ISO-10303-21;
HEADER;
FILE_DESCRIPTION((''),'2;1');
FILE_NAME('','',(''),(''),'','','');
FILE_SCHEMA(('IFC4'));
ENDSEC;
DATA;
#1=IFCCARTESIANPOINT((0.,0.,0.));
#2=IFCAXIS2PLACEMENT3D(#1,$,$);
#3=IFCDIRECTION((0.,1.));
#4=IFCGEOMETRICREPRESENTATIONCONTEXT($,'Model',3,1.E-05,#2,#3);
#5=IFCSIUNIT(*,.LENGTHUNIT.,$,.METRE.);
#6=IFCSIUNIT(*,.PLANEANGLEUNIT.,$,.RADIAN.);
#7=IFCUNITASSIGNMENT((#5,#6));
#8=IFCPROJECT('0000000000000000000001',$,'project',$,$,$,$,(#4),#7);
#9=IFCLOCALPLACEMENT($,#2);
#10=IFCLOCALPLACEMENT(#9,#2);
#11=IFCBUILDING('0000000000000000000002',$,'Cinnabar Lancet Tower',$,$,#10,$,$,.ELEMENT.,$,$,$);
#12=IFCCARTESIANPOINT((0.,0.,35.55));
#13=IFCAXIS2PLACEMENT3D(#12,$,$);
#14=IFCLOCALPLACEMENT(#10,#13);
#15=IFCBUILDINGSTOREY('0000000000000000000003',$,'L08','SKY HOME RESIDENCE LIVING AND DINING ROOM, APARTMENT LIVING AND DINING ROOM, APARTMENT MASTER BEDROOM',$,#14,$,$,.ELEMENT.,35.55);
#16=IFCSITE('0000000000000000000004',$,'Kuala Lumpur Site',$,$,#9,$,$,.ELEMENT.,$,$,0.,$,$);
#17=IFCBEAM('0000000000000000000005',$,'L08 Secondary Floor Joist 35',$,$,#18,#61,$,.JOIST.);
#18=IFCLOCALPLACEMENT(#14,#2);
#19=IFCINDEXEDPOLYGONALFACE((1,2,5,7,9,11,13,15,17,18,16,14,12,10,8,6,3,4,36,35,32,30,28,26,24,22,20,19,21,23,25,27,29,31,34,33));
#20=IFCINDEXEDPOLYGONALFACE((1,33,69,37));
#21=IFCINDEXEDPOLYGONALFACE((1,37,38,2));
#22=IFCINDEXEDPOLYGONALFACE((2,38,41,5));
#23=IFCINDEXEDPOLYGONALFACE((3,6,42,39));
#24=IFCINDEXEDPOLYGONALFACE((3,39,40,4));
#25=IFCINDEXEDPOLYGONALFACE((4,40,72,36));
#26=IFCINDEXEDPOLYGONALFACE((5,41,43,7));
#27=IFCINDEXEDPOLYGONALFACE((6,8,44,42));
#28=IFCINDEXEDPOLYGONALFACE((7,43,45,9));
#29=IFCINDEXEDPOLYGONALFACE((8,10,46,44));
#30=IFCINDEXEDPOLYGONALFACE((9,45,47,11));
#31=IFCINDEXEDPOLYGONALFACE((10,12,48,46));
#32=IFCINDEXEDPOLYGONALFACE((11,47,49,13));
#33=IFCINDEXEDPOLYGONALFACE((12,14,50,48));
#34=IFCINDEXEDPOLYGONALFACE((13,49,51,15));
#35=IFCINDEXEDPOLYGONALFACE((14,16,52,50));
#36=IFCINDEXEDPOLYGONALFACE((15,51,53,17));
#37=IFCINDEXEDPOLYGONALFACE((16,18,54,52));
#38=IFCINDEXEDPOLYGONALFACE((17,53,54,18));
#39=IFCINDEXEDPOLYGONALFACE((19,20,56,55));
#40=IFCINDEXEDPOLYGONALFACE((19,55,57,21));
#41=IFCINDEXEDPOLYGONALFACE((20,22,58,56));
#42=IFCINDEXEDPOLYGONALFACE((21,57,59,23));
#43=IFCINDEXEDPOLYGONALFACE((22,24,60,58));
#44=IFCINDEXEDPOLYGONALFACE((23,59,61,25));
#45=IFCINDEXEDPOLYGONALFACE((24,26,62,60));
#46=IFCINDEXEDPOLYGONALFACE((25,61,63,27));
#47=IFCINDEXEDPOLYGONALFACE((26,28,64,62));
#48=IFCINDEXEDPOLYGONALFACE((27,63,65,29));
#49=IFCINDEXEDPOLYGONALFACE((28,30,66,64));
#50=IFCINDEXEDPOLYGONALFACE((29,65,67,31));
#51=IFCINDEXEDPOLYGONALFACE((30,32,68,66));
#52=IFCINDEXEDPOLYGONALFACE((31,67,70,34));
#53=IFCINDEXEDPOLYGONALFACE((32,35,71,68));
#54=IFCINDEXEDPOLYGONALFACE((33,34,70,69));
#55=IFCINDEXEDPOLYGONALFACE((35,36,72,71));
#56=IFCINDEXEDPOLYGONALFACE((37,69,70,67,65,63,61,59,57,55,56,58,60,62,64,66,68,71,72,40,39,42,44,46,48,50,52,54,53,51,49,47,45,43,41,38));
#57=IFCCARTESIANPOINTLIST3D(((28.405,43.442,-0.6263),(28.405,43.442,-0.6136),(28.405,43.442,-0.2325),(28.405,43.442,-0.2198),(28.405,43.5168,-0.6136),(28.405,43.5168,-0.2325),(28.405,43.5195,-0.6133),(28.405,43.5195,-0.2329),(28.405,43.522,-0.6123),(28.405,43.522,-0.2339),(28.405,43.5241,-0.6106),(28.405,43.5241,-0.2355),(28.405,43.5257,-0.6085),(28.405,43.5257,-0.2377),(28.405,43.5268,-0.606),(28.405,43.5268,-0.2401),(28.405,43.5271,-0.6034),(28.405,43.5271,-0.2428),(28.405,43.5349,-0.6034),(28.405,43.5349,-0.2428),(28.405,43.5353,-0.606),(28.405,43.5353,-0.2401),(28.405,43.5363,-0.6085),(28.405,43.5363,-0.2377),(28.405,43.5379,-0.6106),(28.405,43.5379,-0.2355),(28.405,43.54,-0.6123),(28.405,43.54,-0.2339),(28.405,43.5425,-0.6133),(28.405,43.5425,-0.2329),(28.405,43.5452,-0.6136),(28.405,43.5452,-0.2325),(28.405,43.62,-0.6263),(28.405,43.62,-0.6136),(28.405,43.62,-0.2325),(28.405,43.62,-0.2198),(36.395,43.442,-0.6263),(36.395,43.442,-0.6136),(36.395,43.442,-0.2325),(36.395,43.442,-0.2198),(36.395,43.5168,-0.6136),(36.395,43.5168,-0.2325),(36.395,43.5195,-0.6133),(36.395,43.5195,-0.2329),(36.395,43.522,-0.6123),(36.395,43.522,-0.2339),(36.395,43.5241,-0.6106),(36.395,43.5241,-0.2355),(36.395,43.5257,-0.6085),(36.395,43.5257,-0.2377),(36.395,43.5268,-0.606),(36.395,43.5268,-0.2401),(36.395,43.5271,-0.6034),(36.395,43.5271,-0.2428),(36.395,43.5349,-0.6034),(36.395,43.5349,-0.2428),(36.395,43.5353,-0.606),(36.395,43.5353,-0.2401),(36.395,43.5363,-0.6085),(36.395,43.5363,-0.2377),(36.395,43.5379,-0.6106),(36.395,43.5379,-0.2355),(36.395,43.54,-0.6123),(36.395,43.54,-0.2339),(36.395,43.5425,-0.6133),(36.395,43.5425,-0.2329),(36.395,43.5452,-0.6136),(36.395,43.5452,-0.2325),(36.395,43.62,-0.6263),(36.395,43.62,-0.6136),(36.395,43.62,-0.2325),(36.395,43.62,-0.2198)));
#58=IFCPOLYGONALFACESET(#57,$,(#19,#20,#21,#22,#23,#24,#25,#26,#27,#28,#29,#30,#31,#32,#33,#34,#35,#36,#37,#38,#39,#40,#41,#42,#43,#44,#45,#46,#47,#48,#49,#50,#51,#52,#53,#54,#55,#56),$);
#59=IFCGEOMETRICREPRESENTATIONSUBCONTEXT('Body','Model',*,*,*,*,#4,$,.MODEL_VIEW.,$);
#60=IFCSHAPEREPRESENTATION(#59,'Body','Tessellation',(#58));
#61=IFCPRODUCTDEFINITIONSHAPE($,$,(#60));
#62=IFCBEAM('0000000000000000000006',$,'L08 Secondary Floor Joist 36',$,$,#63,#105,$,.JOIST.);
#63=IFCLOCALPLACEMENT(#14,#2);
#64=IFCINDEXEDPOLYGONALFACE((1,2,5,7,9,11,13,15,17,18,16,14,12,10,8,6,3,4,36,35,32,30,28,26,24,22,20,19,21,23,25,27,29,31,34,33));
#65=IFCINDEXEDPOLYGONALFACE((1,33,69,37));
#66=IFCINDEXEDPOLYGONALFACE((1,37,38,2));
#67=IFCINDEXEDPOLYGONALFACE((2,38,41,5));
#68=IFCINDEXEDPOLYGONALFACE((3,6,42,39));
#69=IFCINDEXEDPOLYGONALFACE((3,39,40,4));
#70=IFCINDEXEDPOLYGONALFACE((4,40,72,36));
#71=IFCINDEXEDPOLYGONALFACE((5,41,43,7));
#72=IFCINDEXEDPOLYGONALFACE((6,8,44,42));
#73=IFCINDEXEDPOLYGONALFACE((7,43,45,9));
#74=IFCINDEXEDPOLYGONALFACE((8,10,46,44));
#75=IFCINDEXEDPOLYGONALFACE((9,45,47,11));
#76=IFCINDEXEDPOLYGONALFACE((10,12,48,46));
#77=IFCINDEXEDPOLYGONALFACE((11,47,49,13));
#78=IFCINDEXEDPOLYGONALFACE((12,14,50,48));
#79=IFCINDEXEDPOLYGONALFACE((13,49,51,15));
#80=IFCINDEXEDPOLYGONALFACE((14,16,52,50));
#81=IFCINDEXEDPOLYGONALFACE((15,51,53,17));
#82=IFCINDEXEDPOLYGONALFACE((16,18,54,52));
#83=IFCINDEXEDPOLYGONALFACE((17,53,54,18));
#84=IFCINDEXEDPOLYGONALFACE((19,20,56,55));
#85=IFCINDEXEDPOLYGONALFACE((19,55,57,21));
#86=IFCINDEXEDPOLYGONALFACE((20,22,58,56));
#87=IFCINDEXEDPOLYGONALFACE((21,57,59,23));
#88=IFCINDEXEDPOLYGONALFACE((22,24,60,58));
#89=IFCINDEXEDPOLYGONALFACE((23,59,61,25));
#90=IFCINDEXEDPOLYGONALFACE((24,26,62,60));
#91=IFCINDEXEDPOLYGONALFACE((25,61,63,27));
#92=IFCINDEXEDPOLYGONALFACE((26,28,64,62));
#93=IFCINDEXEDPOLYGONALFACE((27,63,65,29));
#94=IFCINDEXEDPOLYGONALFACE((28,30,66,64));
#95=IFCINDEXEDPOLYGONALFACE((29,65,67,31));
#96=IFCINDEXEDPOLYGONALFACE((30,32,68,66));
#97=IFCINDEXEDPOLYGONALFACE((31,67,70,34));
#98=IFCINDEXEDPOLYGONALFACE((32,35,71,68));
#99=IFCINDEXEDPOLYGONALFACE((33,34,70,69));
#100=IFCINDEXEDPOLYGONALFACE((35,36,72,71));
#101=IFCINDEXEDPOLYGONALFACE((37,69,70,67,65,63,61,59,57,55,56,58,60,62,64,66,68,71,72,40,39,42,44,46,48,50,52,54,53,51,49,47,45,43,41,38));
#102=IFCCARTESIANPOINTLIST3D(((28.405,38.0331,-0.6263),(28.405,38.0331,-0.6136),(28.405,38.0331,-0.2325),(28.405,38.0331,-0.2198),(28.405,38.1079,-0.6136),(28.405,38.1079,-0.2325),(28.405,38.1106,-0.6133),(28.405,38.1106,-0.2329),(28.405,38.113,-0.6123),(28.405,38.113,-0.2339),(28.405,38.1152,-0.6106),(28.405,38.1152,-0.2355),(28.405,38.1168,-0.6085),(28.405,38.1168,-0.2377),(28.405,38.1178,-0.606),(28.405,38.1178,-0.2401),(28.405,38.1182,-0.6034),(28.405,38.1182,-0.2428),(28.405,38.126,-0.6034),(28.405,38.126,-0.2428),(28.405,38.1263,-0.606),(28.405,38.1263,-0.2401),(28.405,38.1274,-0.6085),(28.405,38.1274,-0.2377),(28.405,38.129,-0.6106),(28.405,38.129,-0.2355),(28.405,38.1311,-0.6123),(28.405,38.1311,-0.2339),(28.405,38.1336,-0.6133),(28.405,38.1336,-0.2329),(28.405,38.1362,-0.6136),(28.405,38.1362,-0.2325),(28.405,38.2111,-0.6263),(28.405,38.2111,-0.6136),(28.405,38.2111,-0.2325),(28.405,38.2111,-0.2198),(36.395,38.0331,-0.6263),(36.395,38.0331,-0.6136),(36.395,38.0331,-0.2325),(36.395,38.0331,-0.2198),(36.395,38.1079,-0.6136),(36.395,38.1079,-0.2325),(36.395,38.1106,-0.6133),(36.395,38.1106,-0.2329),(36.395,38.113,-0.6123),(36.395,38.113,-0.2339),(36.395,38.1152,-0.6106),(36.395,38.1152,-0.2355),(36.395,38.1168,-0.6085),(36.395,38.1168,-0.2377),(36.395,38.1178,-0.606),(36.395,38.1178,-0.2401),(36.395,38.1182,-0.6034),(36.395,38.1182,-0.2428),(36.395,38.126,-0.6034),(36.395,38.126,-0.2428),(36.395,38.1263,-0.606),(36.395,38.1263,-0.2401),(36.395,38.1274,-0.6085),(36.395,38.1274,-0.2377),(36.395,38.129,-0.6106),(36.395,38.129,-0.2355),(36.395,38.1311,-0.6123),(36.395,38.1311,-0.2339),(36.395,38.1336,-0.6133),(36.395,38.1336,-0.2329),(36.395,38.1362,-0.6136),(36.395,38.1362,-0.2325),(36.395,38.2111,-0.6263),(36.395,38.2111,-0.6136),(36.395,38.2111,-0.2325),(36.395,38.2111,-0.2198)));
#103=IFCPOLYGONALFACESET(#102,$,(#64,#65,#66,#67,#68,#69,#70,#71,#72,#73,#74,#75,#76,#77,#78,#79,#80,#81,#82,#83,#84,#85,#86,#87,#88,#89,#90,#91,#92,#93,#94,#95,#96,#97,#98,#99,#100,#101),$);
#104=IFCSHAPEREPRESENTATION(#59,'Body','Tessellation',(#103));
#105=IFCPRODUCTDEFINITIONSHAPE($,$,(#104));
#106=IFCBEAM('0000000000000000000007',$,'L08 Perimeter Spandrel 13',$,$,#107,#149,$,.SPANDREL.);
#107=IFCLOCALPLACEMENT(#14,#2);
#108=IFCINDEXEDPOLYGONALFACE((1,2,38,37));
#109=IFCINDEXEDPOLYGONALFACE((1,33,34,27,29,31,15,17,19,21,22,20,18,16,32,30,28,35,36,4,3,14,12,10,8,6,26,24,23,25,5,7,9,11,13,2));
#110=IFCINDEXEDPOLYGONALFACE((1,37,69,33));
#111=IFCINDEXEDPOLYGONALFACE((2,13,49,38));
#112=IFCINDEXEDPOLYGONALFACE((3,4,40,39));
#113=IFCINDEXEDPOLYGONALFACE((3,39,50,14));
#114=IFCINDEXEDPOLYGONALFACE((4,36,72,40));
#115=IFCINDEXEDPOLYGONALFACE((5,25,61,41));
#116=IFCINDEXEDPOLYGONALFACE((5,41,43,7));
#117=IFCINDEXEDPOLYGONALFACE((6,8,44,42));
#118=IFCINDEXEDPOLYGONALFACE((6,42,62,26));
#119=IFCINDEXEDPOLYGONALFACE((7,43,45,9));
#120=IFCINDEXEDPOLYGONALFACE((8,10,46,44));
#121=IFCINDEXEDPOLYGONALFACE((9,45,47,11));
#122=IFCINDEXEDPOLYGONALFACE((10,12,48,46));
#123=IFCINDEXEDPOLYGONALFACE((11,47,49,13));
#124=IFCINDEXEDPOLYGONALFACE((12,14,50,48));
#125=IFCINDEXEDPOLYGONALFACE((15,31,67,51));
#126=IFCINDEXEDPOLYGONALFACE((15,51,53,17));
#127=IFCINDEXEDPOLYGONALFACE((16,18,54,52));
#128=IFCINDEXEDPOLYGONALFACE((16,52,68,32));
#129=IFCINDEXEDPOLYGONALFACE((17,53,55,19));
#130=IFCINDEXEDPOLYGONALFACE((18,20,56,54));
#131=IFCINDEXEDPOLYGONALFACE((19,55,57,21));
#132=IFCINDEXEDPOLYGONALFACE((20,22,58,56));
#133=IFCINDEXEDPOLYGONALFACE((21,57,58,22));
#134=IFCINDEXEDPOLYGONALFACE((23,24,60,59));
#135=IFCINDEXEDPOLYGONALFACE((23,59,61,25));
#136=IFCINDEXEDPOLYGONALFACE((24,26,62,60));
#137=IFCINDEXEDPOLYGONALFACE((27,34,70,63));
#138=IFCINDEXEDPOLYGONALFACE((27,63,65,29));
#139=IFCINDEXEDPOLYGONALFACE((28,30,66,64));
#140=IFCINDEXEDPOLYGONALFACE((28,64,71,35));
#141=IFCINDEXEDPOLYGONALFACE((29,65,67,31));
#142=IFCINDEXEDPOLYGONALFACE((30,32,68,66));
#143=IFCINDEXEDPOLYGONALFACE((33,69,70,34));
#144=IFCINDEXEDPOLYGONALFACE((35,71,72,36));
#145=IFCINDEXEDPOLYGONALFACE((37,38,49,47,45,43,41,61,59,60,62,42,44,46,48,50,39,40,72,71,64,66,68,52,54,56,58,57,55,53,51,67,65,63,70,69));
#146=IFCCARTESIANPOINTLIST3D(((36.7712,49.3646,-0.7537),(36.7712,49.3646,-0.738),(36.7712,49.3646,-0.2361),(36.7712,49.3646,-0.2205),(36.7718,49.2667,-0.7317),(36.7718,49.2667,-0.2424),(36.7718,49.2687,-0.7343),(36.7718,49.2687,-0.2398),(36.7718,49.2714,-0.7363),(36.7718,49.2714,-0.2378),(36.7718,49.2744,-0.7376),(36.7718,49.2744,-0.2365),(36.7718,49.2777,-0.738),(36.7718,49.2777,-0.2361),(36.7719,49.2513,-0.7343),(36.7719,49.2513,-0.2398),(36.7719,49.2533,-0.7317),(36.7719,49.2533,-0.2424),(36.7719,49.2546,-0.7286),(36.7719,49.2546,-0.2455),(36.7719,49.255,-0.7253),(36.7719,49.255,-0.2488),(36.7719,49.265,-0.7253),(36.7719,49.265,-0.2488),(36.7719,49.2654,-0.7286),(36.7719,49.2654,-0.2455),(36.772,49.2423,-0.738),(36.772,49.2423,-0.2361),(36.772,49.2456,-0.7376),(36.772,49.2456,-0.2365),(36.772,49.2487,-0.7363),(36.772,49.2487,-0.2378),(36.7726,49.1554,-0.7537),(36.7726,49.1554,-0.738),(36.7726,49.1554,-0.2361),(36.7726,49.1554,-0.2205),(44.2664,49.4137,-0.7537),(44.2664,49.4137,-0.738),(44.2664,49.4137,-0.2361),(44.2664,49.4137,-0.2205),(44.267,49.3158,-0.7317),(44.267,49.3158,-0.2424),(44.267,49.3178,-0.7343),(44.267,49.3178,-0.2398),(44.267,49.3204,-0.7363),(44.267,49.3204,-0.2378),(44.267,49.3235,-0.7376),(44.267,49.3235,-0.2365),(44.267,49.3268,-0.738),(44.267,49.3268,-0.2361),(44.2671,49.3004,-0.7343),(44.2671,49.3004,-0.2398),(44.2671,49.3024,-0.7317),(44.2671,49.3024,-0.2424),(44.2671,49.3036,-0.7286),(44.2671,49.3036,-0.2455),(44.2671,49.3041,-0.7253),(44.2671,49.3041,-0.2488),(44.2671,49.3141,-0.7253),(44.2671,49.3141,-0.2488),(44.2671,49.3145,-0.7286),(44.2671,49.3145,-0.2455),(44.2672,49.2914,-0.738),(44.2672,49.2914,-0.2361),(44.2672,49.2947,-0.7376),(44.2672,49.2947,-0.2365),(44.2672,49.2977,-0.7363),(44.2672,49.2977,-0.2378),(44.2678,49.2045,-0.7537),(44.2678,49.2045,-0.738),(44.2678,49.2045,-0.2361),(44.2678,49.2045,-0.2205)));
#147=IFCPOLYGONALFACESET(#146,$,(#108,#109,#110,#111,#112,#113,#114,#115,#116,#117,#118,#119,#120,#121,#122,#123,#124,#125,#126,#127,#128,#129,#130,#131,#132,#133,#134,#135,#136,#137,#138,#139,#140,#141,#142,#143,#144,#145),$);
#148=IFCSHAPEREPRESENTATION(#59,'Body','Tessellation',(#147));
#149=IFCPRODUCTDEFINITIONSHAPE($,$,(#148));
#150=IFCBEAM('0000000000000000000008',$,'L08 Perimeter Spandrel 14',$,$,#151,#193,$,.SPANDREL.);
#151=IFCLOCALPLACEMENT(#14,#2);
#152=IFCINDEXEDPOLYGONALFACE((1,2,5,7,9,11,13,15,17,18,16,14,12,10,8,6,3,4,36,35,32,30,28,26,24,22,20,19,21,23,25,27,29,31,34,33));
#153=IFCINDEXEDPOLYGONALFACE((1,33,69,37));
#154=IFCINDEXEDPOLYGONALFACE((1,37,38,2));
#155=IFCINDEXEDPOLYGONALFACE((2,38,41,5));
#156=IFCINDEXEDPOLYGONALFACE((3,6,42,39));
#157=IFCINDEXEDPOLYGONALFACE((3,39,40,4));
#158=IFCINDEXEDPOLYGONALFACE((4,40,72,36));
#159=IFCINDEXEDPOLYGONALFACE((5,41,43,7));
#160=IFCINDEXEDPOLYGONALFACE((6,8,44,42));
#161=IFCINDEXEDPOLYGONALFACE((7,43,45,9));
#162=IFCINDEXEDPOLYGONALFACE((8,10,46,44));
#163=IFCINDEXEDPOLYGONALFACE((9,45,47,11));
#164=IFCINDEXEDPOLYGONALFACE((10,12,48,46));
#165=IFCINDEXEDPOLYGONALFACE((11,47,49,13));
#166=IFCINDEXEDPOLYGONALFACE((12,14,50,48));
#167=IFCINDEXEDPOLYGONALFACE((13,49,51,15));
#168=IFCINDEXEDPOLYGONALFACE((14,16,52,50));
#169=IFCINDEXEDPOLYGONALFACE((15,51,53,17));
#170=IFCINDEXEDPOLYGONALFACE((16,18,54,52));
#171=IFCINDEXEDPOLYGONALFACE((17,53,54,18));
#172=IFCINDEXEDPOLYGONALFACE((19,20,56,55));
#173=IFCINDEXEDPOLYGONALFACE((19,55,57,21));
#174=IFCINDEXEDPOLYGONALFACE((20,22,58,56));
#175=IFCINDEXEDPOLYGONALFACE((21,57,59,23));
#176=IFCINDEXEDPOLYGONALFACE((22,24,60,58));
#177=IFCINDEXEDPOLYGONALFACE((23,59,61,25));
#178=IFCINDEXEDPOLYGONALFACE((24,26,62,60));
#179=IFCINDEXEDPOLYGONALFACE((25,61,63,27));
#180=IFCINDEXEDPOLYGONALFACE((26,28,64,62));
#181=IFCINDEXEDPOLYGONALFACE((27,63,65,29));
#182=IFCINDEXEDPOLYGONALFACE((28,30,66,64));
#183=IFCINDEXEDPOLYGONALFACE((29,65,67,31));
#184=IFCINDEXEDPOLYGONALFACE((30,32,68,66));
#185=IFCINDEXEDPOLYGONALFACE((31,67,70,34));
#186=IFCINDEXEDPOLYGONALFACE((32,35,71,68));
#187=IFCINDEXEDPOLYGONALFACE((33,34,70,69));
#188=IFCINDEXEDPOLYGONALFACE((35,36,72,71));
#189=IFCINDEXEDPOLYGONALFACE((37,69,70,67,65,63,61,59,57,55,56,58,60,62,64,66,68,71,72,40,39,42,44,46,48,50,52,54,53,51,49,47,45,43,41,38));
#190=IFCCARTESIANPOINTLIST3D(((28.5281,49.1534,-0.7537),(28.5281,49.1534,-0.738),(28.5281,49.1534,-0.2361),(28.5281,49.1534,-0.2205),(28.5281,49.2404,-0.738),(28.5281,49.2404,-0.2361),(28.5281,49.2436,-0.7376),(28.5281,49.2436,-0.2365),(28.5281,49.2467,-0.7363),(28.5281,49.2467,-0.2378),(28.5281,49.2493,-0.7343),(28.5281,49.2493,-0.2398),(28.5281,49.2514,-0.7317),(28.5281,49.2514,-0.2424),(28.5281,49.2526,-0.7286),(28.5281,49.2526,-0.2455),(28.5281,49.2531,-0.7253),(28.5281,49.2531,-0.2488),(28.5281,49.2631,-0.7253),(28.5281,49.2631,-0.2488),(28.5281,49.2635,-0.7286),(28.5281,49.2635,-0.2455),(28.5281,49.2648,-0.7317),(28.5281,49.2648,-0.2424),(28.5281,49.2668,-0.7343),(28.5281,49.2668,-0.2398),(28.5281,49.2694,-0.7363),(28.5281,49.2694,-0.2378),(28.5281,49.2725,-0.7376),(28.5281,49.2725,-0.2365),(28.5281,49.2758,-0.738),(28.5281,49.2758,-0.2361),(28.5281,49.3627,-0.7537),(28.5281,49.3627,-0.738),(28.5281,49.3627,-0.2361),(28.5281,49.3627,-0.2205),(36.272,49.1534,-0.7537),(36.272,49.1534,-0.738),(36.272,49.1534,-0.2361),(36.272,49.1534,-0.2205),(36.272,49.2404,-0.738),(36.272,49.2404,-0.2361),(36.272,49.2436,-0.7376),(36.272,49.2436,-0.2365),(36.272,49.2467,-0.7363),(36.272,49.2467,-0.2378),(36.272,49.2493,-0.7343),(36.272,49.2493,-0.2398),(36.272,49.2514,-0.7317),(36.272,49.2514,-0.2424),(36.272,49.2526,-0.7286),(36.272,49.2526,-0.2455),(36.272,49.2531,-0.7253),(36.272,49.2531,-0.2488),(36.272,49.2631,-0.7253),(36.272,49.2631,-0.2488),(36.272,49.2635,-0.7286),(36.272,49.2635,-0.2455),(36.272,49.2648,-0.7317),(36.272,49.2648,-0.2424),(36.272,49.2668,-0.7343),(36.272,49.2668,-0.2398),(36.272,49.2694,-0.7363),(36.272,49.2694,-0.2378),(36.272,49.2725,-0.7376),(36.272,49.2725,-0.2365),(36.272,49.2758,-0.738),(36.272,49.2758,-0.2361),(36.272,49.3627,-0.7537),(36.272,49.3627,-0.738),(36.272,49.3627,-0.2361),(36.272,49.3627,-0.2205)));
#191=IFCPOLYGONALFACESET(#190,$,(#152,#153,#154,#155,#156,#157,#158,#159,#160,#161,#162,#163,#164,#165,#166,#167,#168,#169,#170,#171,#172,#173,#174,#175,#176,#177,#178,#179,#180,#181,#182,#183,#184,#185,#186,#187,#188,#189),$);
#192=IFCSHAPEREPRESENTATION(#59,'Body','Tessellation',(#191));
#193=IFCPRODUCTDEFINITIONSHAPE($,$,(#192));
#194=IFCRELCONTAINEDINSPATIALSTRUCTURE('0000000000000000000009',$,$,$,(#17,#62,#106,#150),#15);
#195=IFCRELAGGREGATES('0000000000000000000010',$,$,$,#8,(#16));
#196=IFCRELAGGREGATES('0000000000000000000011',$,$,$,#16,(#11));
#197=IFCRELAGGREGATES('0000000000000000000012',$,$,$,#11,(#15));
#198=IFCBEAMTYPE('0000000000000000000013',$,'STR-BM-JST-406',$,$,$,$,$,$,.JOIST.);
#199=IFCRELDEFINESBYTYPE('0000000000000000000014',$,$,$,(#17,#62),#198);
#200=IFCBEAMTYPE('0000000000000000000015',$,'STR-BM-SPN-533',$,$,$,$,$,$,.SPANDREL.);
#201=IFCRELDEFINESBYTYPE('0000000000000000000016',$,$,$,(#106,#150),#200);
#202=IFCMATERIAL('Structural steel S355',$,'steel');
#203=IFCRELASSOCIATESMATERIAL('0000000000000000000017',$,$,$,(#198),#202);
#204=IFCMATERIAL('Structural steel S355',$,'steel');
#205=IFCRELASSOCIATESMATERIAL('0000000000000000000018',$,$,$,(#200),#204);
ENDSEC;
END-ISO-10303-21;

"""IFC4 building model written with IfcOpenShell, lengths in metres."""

from ifc_helpers import new_model, si_unit, direction, frame, origin, origin_2d, place, context, subcontext, project, spatial, i_section, extrude, material, material_profile, profile_set, type_object, element, save


model = new_model("IFC4")

# Units and contexts
model_context = context("Model", 3, precision=1e-05, world=origin(), true_north=direction((0.0, 1.0)))
body_context = subcontext(model_context, "Body", "Model", "MODEL_VIEW")
ifc_project = project(units=[si_unit("LENGTHUNIT", "METRE"), si_unit("PLANEANGLEUNIT", "RADIAN")], contexts=[model_context])

# Site, building, storey
site_placement = place(None, origin())
site = spatial("IfcSite", under=ifc_project, at=site_placement, Name="Kuala Lumpur Site", CompositionType="ELEMENT", RefElevation=0.0)
building_placement = place(site_placement, origin())
building = spatial("IfcBuilding", under=site, at=building_placement, Name="Cinnabar Lancet Tower", CompositionType="ELEMENT")
storey_placement = place(building_placement, frame((0.0, 0.0, 35.55)))
storey = spatial("IfcBuildingStorey", under=building, at=storey_placement, Name="L08", Description="SKY HOME RESIDENCE LIVING AND DINING ROOM, APARTMENT LIVING AND DINING ROOM, APARTMENT MASTER BEDROOM", CompositionType="ELEMENT", Elevation=35.55)

# Beams
ifc_material_1 = material(Name="Structural steel S355", Category="steel")
ifc_material_profile_1 = material_profile(ifc_material_1, i_section(OverallWidth=0.178, OverallDepth=0.4065, WebThickness=0.0078, FlangeThickness=0.0127, FilletRadius=0.0103, at=origin_2d()), Name="UKB 406x178x60")
ifc_profile_set_1 = profile_set([ifc_material_profile_1], Name="Structural steel S355")
beam_type_1 = type_object("IfcBeamType", Name="STR-BM-JST-406", PredefinedType="JOIST", material=ifc_profile_set_1)
for number, where, z_axis, x_axis, name in (
    (1, (36.395, 43.531, -0.4231), (-1.0, 0.0, 0.0), (0.0, -1.0, 0.0), "L08 Secondary Floor Joist 35"),
    (2, (36.395, 38.1221, -0.4231), (-1.0, 0.0, 0.0), (0.0, -1.0, 0.0), "L08 Secondary Floor Joist 36"),
):
    element("IfcBeam", number, at=place(storey_placement, frame(where, z_axis=z_axis, x_axis=x_axis)), inside=storey, type_object=beam_type_1, Name=name, PredefinedType="JOIST", context=body_context, shape_type="SweptSolid", body=[
        extrude(i_section(OverallWidth=0.178, OverallDepth=0.4065, WebThickness=0.0078, FlangeThickness=0.0127, FilletRadius=0.0103, at=origin_2d()), origin(), (0.0, 0.0, 1.0), 7.99),
    ])
ifc_material_2 = material(Name="Structural steel S355", Category="steel")
ifc_material_profile_2 = material_profile(ifc_material_2, i_section(OverallWidth=0.2092, OverallDepth=0.5332, WebThickness=0.01, FlangeThickness=0.0156, FilletRadius=0.0127, at=origin_2d()), Name="UKB 533x210x92")
ifc_profile_set_2 = profile_set([ifc_material_profile_2], Name="Structural steel S355")
beam_type_2 = type_object("IfcBeamType", Name="STR-BM-SPN-533", PredefinedType="SPANDREL", material=ifc_profile_set_2)
beam_1_placement = place(storey_placement, frame((44.2671, 49.3091, -0.4871), z_axis=(-0.999979, -0.006547, 0.0), x_axis=(0.006547, -0.999979, 0.0)))
element("IfcBeam", 3, at=beam_1_placement, inside=storey, type_object=beam_type_2, Name="L08 Perimeter Spandrel 13", PredefinedType="SPANDREL", context=body_context, shape_type="SweptSolid", body=[
    extrude(i_section(OverallWidth=0.2092, OverallDepth=0.5332, WebThickness=0.01, FlangeThickness=0.0156, FilletRadius=0.0127, at=origin_2d()), origin(), (0.0, 0.0, 1.0), 7.4954),
])
beam_2_placement = place(storey_placement, frame((36.272, 49.2581, -0.4871), z_axis=(-1.0, 0.0, 0.0), x_axis=(0.0, -1.0, 0.0)))
element("IfcBeam", 4, at=beam_2_placement, inside=storey, type_object=beam_type_2, Name="L08 Perimeter Spandrel 14", PredefinedType="SPANDREL", context=body_context, shape_type="SweptSolid", body=[
    extrude(i_section(OverallWidth=0.2092, OverallDepth=0.5332, WebThickness=0.01, FlangeThickness=0.0156, FilletRadius=0.0127, at=origin_2d()), origin(), (0.0, 0.0, 1.0), 7.7439),
])

save(model, "model.ifc")
